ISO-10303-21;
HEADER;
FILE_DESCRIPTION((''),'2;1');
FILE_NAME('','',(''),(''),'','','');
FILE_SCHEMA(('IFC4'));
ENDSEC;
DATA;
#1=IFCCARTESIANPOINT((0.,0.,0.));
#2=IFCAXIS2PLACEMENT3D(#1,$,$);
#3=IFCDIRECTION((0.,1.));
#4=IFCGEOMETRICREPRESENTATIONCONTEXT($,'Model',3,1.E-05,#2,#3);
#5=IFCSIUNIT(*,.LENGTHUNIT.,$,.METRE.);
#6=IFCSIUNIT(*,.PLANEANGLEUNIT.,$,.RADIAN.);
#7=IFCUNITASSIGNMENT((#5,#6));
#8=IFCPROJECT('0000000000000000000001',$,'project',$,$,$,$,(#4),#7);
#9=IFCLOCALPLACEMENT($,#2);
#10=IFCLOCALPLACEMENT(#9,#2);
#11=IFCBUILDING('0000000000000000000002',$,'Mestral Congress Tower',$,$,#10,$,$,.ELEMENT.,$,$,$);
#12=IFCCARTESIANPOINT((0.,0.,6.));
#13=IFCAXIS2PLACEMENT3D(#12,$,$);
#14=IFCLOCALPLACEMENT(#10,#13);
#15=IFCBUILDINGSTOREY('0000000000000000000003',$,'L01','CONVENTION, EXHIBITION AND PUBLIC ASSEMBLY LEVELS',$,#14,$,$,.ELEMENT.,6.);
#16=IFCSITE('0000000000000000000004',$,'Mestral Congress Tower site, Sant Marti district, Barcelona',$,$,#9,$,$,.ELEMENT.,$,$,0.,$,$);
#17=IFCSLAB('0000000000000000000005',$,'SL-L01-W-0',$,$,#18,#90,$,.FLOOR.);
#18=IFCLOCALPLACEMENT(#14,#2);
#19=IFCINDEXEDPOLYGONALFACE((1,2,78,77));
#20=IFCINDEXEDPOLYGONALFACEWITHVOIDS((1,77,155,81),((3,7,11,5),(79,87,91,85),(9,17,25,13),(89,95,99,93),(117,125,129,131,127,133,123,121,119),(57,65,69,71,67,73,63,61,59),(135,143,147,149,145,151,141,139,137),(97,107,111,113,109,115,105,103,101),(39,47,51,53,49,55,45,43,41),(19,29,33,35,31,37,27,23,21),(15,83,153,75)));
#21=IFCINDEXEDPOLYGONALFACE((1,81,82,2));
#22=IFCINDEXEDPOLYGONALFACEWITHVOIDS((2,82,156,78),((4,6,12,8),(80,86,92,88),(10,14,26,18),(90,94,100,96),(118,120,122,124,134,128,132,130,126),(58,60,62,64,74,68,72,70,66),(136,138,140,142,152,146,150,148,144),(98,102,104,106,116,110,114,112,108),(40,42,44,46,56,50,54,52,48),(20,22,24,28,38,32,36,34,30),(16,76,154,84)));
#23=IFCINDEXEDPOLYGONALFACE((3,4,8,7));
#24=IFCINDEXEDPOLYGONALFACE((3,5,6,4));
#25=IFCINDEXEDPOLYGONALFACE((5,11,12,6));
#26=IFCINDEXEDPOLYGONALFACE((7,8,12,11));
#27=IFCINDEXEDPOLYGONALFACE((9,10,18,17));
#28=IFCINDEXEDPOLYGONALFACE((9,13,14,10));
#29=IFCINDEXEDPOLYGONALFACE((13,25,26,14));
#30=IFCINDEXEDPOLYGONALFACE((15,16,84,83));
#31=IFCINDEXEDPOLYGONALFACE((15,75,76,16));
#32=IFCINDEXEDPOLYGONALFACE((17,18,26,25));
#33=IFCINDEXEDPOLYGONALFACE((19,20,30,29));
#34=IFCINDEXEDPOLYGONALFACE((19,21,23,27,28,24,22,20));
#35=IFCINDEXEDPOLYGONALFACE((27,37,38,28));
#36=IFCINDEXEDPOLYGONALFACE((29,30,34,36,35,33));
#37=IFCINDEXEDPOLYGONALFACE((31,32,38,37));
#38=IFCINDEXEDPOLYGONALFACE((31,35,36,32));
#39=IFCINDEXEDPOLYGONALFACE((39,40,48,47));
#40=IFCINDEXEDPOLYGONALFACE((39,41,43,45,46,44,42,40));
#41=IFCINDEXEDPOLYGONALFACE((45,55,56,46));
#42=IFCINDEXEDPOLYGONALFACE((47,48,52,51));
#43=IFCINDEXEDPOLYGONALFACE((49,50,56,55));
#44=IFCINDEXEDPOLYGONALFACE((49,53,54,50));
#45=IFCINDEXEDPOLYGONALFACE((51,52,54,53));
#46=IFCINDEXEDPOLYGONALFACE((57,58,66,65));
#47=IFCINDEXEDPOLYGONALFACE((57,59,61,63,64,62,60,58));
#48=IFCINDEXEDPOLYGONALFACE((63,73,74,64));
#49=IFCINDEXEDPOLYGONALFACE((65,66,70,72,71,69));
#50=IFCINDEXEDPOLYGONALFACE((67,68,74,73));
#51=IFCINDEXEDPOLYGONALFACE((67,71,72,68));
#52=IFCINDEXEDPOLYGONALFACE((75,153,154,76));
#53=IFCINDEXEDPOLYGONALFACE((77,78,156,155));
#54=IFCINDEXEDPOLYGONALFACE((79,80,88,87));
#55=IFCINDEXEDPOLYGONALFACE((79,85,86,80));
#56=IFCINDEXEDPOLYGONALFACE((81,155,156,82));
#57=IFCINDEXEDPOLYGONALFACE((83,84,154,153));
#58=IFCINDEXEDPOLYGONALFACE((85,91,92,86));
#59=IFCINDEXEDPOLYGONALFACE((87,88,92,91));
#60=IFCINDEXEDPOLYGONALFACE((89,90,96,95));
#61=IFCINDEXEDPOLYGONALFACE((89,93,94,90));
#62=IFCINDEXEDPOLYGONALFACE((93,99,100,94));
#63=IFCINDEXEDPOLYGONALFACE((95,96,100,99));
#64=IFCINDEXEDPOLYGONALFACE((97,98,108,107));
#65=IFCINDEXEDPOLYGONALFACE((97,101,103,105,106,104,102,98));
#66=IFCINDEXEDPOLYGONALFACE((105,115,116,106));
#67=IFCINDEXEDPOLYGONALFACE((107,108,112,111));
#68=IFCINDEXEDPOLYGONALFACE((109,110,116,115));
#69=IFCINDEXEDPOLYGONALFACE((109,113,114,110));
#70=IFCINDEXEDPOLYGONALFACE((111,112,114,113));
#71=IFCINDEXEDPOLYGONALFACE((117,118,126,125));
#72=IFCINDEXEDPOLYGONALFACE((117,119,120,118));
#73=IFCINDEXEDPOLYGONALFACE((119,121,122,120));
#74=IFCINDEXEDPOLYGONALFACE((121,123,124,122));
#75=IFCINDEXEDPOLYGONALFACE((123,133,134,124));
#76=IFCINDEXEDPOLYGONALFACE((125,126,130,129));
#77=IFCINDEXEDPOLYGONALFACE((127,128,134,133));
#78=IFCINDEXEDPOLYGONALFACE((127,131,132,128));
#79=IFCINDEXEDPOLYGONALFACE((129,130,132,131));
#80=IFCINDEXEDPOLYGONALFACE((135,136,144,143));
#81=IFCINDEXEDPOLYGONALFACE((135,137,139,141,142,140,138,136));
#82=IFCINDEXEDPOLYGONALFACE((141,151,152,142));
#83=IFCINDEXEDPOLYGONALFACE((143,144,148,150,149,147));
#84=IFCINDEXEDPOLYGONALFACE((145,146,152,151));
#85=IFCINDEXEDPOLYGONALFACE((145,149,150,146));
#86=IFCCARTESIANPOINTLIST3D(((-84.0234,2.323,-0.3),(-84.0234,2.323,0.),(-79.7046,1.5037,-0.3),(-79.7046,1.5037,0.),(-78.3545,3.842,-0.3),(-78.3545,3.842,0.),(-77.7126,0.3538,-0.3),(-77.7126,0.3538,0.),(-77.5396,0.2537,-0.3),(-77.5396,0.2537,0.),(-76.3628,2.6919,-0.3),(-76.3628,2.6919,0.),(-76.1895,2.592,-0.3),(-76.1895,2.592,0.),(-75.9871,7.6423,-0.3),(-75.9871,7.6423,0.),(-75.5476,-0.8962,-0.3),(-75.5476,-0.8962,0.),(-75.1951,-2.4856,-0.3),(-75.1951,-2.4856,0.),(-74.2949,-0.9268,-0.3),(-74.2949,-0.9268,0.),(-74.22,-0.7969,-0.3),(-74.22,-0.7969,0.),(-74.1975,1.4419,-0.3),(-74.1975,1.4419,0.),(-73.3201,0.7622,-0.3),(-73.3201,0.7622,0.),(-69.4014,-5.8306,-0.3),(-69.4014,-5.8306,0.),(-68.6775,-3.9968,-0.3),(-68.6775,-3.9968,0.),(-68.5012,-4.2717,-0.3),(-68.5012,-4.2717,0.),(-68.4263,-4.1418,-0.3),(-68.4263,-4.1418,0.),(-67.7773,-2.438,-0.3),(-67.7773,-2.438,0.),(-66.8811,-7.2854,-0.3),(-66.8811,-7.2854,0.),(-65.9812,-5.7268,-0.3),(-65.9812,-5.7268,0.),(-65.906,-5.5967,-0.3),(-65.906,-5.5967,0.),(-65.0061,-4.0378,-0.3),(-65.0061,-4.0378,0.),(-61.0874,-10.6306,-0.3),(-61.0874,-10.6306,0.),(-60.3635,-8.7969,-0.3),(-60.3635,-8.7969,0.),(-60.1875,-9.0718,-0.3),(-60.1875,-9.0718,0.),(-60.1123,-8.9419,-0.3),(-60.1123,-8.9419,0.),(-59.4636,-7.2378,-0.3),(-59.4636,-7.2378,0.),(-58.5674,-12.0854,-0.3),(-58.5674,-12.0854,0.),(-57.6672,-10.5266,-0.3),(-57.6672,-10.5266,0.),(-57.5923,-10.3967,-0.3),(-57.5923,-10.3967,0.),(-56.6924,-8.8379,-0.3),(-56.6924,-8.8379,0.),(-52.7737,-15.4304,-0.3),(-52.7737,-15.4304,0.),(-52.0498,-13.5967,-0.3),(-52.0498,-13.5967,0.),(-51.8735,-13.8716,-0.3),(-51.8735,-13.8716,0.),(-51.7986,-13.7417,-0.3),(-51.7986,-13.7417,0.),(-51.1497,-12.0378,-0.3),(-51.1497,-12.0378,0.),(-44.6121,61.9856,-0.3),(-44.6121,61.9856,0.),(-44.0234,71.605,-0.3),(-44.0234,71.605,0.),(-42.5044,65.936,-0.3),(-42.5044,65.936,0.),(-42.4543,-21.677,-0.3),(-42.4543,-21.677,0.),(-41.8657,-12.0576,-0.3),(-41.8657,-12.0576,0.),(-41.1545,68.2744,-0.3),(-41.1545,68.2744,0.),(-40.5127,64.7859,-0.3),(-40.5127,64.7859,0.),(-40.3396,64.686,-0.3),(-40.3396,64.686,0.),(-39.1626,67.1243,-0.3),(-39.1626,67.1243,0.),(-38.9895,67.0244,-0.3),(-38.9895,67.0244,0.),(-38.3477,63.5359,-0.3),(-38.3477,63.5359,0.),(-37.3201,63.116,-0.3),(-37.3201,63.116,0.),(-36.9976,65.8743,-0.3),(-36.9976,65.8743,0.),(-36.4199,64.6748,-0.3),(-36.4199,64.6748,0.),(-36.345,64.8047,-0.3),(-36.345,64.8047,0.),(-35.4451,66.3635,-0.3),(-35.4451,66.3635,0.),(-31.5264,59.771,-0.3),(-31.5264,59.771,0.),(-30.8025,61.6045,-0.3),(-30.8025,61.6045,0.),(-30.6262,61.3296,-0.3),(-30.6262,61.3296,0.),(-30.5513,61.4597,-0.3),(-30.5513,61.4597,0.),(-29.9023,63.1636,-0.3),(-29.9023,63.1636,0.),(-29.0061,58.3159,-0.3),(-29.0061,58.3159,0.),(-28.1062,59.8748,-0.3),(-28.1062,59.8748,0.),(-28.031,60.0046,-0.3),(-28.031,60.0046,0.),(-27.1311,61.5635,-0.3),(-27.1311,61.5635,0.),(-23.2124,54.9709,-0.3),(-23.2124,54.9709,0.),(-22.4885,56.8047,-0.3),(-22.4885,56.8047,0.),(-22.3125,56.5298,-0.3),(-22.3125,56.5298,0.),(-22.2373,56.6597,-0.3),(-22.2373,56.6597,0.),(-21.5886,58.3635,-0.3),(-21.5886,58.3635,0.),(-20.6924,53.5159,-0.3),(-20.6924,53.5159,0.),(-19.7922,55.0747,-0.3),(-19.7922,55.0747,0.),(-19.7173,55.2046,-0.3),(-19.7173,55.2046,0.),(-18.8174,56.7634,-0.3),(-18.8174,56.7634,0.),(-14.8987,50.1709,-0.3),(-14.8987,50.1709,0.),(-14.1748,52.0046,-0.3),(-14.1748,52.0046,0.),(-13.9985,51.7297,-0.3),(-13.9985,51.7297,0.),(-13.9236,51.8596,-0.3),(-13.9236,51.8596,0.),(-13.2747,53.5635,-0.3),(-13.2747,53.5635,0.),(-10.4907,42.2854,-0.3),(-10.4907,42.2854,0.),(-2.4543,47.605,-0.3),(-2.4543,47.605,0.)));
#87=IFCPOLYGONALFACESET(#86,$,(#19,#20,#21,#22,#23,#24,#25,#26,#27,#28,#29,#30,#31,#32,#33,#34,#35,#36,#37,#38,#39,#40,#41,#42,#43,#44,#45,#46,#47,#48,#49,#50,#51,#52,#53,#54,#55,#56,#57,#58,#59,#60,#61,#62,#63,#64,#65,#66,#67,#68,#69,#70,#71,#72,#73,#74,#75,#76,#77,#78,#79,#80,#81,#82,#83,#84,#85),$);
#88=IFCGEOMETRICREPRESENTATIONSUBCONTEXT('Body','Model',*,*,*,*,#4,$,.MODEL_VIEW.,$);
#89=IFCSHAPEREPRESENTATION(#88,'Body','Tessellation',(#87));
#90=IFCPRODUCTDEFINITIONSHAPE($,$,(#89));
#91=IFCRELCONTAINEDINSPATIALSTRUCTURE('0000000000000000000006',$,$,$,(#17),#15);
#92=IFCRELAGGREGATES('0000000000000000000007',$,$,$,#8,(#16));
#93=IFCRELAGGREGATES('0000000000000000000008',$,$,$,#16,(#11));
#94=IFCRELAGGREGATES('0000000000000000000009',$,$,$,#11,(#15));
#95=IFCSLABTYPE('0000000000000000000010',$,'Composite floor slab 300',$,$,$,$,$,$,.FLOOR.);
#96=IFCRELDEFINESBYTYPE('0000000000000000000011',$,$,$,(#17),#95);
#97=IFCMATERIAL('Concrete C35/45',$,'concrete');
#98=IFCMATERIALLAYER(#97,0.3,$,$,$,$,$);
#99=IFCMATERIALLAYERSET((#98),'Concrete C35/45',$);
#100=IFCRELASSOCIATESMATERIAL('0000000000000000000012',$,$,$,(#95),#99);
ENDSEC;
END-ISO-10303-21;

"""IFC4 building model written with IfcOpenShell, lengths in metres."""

from ifc_helpers import new_model, si_unit, direction, frame, origin, place, context, subcontext, project, spatial, polyline, outline, extrude, material, layer, layer_set, type_object, element, save


model = new_model("IFC4")

# Units and contexts
model_context = context("Model", 3, precision=1e-05, world=origin(), true_north=direction((0.0, 1.0)))
body_context = subcontext(model_context, "Body", "Model", "MODEL_VIEW")
ifc_project = project(units=[si_unit("LENGTHUNIT", "METRE"), si_unit("PLANEANGLEUNIT", "RADIAN")], contexts=[model_context])

# Site, building, storey
site_placement = place(None, origin())
site = spatial("IfcSite", under=ifc_project, at=site_placement, Name="Mestral Congress Tower site, Sant Marti district, Barcelona", CompositionType="ELEMENT", RefElevation=0.0)
building_placement = place(site_placement, origin())
building = spatial("IfcBuilding", under=site, at=building_placement, Name="Mestral Congress Tower", CompositionType="ELEMENT")
storey_placement = place(building_placement, frame((0.0, 0.0, 6.0)))
storey = spatial("IfcBuildingStorey", under=building, at=storey_placement, Name="L01", Description="CONVENTION, EXHIBITION AND PUBLIC ASSEMBLY LEVELS", CompositionType="ELEMENT", Elevation=6.0)

# Slab
ifc_material_1 = material(Name="Concrete C35/45", Category="concrete")
ifc_layer_1 = layer(ifc_material_1, 0.3)
ifc_layer_set_1 = layer_set([ifc_layer_1], Name="Concrete C35/45")
slab_type_1 = type_object("IfcSlabType", Name="Composite floor slab 300", PredefinedType="FLOOR", material=ifc_layer_set_1)
placement_1 = place(storey_placement, frame((0.0, 0.0, -0.3)))
element("IfcSlab", 1, at=placement_1, inside=storey, type_object=slab_type_1, Name="SL-L01-W-0", PredefinedType="FLOOR", context=body_context, shape_type="SweptSolid", body=[
    extrude(outline(polyline([(-2.4543, 47.605), (-44.0234, 71.605), (-84.0234, 2.323), (-42.4543, -21.677), (-2.4543, 47.605)]), holes=[polyline([(-14.8987, 50.1709), (-20.6924, 53.5159), (-19.7922, 55.0747), (-19.7173, 55.2046), (-18.8174, 56.7634), (-13.2747, 53.5635), (-14.1748, 52.0046), (-13.9236, 51.8596), (-13.9985, 51.7297), (-14.8987, 50.1709)]), polyline([(-44.6121, 61.9856), (-10.4907, 42.2854), (-41.8657, -12.0576), (-75.9871, 7.6423), (-44.6121, 61.9856)]), polyline([(-23.2124, 54.9709), (-29.0061, 58.3159), (-28.1062, 59.8748), (-28.031, 60.0046), (-27.1311, 61.5635), (-21.5886, 58.3635), (-22.4885, 56.8047), (-22.2373, 56.6597), (-22.3125, 56.5298), (-23.2124, 54.9709)]), polyline([(-30.6262, 61.3296), (-31.5264, 59.771), (-37.3201, 63.116), (-36.4199, 64.6748), (-36.345, 64.8047), (-35.4451, 66.3635), (-29.9023, 63.1636), (-30.8025, 61.6045), (-30.5513, 61.4597), (-30.6262, 61.3296)]), polyline([(-40.3396, 64.686), (-38.9895, 67.0244), (-36.9976, 65.8743), (-38.3477, 63.5359), (-40.3396, 64.686)]), polyline([(-41.1545, 68.2744), (-39.1626, 67.1243), (-40.5127, 64.7859), (-42.5044, 65.936), (-41.1545, 68.2744)]), polyline([(-51.8735, -13.8716), (-52.7737, -15.4304), (-58.5674, -12.0854), (-57.6672, -10.5266), (-57.5923, -10.3967), (-56.6924, -8.8379), (-51.1497, -12.0378), (-52.0498, -13.5967), (-51.7986, -13.7417), (-51.8735, -13.8716)]), polyline([(-60.1875, -9.0718), (-61.0874, -10.6306), (-66.8811, -7.2854), (-65.9812, -5.7268), (-65.906, -5.5967), (-65.0061, -4.0378), (-59.4636, -7.2378), (-60.3635, -8.7969), (-60.1123, -8.9419), (-60.1875, -9.0718)]), polyline([(-69.4014, -5.8306), (-75.1951, -2.4856), (-74.2949, -0.9268), (-74.22, -0.7969), (-73.3201, 0.7622), (-67.7773, -2.438), (-68.6775, -3.9968), (-68.4263, -4.1418), (-68.5012, -4.2717), (-69.4014, -5.8306)]), polyline([(-77.5396, 0.2537), (-76.1895, 2.592), (-74.1975, 1.4419), (-75.5476, -0.8962), (-77.5396, 0.2537)]), polyline([(-79.7046, 1.5037), (-78.3545, 3.842), (-76.3628, 2.6919), (-77.7126, 0.3538), (-79.7046, 1.5037)])]), origin(), (0.0, 0.0, 1.0), 0.3),
])

save(model, "model.ifc")
